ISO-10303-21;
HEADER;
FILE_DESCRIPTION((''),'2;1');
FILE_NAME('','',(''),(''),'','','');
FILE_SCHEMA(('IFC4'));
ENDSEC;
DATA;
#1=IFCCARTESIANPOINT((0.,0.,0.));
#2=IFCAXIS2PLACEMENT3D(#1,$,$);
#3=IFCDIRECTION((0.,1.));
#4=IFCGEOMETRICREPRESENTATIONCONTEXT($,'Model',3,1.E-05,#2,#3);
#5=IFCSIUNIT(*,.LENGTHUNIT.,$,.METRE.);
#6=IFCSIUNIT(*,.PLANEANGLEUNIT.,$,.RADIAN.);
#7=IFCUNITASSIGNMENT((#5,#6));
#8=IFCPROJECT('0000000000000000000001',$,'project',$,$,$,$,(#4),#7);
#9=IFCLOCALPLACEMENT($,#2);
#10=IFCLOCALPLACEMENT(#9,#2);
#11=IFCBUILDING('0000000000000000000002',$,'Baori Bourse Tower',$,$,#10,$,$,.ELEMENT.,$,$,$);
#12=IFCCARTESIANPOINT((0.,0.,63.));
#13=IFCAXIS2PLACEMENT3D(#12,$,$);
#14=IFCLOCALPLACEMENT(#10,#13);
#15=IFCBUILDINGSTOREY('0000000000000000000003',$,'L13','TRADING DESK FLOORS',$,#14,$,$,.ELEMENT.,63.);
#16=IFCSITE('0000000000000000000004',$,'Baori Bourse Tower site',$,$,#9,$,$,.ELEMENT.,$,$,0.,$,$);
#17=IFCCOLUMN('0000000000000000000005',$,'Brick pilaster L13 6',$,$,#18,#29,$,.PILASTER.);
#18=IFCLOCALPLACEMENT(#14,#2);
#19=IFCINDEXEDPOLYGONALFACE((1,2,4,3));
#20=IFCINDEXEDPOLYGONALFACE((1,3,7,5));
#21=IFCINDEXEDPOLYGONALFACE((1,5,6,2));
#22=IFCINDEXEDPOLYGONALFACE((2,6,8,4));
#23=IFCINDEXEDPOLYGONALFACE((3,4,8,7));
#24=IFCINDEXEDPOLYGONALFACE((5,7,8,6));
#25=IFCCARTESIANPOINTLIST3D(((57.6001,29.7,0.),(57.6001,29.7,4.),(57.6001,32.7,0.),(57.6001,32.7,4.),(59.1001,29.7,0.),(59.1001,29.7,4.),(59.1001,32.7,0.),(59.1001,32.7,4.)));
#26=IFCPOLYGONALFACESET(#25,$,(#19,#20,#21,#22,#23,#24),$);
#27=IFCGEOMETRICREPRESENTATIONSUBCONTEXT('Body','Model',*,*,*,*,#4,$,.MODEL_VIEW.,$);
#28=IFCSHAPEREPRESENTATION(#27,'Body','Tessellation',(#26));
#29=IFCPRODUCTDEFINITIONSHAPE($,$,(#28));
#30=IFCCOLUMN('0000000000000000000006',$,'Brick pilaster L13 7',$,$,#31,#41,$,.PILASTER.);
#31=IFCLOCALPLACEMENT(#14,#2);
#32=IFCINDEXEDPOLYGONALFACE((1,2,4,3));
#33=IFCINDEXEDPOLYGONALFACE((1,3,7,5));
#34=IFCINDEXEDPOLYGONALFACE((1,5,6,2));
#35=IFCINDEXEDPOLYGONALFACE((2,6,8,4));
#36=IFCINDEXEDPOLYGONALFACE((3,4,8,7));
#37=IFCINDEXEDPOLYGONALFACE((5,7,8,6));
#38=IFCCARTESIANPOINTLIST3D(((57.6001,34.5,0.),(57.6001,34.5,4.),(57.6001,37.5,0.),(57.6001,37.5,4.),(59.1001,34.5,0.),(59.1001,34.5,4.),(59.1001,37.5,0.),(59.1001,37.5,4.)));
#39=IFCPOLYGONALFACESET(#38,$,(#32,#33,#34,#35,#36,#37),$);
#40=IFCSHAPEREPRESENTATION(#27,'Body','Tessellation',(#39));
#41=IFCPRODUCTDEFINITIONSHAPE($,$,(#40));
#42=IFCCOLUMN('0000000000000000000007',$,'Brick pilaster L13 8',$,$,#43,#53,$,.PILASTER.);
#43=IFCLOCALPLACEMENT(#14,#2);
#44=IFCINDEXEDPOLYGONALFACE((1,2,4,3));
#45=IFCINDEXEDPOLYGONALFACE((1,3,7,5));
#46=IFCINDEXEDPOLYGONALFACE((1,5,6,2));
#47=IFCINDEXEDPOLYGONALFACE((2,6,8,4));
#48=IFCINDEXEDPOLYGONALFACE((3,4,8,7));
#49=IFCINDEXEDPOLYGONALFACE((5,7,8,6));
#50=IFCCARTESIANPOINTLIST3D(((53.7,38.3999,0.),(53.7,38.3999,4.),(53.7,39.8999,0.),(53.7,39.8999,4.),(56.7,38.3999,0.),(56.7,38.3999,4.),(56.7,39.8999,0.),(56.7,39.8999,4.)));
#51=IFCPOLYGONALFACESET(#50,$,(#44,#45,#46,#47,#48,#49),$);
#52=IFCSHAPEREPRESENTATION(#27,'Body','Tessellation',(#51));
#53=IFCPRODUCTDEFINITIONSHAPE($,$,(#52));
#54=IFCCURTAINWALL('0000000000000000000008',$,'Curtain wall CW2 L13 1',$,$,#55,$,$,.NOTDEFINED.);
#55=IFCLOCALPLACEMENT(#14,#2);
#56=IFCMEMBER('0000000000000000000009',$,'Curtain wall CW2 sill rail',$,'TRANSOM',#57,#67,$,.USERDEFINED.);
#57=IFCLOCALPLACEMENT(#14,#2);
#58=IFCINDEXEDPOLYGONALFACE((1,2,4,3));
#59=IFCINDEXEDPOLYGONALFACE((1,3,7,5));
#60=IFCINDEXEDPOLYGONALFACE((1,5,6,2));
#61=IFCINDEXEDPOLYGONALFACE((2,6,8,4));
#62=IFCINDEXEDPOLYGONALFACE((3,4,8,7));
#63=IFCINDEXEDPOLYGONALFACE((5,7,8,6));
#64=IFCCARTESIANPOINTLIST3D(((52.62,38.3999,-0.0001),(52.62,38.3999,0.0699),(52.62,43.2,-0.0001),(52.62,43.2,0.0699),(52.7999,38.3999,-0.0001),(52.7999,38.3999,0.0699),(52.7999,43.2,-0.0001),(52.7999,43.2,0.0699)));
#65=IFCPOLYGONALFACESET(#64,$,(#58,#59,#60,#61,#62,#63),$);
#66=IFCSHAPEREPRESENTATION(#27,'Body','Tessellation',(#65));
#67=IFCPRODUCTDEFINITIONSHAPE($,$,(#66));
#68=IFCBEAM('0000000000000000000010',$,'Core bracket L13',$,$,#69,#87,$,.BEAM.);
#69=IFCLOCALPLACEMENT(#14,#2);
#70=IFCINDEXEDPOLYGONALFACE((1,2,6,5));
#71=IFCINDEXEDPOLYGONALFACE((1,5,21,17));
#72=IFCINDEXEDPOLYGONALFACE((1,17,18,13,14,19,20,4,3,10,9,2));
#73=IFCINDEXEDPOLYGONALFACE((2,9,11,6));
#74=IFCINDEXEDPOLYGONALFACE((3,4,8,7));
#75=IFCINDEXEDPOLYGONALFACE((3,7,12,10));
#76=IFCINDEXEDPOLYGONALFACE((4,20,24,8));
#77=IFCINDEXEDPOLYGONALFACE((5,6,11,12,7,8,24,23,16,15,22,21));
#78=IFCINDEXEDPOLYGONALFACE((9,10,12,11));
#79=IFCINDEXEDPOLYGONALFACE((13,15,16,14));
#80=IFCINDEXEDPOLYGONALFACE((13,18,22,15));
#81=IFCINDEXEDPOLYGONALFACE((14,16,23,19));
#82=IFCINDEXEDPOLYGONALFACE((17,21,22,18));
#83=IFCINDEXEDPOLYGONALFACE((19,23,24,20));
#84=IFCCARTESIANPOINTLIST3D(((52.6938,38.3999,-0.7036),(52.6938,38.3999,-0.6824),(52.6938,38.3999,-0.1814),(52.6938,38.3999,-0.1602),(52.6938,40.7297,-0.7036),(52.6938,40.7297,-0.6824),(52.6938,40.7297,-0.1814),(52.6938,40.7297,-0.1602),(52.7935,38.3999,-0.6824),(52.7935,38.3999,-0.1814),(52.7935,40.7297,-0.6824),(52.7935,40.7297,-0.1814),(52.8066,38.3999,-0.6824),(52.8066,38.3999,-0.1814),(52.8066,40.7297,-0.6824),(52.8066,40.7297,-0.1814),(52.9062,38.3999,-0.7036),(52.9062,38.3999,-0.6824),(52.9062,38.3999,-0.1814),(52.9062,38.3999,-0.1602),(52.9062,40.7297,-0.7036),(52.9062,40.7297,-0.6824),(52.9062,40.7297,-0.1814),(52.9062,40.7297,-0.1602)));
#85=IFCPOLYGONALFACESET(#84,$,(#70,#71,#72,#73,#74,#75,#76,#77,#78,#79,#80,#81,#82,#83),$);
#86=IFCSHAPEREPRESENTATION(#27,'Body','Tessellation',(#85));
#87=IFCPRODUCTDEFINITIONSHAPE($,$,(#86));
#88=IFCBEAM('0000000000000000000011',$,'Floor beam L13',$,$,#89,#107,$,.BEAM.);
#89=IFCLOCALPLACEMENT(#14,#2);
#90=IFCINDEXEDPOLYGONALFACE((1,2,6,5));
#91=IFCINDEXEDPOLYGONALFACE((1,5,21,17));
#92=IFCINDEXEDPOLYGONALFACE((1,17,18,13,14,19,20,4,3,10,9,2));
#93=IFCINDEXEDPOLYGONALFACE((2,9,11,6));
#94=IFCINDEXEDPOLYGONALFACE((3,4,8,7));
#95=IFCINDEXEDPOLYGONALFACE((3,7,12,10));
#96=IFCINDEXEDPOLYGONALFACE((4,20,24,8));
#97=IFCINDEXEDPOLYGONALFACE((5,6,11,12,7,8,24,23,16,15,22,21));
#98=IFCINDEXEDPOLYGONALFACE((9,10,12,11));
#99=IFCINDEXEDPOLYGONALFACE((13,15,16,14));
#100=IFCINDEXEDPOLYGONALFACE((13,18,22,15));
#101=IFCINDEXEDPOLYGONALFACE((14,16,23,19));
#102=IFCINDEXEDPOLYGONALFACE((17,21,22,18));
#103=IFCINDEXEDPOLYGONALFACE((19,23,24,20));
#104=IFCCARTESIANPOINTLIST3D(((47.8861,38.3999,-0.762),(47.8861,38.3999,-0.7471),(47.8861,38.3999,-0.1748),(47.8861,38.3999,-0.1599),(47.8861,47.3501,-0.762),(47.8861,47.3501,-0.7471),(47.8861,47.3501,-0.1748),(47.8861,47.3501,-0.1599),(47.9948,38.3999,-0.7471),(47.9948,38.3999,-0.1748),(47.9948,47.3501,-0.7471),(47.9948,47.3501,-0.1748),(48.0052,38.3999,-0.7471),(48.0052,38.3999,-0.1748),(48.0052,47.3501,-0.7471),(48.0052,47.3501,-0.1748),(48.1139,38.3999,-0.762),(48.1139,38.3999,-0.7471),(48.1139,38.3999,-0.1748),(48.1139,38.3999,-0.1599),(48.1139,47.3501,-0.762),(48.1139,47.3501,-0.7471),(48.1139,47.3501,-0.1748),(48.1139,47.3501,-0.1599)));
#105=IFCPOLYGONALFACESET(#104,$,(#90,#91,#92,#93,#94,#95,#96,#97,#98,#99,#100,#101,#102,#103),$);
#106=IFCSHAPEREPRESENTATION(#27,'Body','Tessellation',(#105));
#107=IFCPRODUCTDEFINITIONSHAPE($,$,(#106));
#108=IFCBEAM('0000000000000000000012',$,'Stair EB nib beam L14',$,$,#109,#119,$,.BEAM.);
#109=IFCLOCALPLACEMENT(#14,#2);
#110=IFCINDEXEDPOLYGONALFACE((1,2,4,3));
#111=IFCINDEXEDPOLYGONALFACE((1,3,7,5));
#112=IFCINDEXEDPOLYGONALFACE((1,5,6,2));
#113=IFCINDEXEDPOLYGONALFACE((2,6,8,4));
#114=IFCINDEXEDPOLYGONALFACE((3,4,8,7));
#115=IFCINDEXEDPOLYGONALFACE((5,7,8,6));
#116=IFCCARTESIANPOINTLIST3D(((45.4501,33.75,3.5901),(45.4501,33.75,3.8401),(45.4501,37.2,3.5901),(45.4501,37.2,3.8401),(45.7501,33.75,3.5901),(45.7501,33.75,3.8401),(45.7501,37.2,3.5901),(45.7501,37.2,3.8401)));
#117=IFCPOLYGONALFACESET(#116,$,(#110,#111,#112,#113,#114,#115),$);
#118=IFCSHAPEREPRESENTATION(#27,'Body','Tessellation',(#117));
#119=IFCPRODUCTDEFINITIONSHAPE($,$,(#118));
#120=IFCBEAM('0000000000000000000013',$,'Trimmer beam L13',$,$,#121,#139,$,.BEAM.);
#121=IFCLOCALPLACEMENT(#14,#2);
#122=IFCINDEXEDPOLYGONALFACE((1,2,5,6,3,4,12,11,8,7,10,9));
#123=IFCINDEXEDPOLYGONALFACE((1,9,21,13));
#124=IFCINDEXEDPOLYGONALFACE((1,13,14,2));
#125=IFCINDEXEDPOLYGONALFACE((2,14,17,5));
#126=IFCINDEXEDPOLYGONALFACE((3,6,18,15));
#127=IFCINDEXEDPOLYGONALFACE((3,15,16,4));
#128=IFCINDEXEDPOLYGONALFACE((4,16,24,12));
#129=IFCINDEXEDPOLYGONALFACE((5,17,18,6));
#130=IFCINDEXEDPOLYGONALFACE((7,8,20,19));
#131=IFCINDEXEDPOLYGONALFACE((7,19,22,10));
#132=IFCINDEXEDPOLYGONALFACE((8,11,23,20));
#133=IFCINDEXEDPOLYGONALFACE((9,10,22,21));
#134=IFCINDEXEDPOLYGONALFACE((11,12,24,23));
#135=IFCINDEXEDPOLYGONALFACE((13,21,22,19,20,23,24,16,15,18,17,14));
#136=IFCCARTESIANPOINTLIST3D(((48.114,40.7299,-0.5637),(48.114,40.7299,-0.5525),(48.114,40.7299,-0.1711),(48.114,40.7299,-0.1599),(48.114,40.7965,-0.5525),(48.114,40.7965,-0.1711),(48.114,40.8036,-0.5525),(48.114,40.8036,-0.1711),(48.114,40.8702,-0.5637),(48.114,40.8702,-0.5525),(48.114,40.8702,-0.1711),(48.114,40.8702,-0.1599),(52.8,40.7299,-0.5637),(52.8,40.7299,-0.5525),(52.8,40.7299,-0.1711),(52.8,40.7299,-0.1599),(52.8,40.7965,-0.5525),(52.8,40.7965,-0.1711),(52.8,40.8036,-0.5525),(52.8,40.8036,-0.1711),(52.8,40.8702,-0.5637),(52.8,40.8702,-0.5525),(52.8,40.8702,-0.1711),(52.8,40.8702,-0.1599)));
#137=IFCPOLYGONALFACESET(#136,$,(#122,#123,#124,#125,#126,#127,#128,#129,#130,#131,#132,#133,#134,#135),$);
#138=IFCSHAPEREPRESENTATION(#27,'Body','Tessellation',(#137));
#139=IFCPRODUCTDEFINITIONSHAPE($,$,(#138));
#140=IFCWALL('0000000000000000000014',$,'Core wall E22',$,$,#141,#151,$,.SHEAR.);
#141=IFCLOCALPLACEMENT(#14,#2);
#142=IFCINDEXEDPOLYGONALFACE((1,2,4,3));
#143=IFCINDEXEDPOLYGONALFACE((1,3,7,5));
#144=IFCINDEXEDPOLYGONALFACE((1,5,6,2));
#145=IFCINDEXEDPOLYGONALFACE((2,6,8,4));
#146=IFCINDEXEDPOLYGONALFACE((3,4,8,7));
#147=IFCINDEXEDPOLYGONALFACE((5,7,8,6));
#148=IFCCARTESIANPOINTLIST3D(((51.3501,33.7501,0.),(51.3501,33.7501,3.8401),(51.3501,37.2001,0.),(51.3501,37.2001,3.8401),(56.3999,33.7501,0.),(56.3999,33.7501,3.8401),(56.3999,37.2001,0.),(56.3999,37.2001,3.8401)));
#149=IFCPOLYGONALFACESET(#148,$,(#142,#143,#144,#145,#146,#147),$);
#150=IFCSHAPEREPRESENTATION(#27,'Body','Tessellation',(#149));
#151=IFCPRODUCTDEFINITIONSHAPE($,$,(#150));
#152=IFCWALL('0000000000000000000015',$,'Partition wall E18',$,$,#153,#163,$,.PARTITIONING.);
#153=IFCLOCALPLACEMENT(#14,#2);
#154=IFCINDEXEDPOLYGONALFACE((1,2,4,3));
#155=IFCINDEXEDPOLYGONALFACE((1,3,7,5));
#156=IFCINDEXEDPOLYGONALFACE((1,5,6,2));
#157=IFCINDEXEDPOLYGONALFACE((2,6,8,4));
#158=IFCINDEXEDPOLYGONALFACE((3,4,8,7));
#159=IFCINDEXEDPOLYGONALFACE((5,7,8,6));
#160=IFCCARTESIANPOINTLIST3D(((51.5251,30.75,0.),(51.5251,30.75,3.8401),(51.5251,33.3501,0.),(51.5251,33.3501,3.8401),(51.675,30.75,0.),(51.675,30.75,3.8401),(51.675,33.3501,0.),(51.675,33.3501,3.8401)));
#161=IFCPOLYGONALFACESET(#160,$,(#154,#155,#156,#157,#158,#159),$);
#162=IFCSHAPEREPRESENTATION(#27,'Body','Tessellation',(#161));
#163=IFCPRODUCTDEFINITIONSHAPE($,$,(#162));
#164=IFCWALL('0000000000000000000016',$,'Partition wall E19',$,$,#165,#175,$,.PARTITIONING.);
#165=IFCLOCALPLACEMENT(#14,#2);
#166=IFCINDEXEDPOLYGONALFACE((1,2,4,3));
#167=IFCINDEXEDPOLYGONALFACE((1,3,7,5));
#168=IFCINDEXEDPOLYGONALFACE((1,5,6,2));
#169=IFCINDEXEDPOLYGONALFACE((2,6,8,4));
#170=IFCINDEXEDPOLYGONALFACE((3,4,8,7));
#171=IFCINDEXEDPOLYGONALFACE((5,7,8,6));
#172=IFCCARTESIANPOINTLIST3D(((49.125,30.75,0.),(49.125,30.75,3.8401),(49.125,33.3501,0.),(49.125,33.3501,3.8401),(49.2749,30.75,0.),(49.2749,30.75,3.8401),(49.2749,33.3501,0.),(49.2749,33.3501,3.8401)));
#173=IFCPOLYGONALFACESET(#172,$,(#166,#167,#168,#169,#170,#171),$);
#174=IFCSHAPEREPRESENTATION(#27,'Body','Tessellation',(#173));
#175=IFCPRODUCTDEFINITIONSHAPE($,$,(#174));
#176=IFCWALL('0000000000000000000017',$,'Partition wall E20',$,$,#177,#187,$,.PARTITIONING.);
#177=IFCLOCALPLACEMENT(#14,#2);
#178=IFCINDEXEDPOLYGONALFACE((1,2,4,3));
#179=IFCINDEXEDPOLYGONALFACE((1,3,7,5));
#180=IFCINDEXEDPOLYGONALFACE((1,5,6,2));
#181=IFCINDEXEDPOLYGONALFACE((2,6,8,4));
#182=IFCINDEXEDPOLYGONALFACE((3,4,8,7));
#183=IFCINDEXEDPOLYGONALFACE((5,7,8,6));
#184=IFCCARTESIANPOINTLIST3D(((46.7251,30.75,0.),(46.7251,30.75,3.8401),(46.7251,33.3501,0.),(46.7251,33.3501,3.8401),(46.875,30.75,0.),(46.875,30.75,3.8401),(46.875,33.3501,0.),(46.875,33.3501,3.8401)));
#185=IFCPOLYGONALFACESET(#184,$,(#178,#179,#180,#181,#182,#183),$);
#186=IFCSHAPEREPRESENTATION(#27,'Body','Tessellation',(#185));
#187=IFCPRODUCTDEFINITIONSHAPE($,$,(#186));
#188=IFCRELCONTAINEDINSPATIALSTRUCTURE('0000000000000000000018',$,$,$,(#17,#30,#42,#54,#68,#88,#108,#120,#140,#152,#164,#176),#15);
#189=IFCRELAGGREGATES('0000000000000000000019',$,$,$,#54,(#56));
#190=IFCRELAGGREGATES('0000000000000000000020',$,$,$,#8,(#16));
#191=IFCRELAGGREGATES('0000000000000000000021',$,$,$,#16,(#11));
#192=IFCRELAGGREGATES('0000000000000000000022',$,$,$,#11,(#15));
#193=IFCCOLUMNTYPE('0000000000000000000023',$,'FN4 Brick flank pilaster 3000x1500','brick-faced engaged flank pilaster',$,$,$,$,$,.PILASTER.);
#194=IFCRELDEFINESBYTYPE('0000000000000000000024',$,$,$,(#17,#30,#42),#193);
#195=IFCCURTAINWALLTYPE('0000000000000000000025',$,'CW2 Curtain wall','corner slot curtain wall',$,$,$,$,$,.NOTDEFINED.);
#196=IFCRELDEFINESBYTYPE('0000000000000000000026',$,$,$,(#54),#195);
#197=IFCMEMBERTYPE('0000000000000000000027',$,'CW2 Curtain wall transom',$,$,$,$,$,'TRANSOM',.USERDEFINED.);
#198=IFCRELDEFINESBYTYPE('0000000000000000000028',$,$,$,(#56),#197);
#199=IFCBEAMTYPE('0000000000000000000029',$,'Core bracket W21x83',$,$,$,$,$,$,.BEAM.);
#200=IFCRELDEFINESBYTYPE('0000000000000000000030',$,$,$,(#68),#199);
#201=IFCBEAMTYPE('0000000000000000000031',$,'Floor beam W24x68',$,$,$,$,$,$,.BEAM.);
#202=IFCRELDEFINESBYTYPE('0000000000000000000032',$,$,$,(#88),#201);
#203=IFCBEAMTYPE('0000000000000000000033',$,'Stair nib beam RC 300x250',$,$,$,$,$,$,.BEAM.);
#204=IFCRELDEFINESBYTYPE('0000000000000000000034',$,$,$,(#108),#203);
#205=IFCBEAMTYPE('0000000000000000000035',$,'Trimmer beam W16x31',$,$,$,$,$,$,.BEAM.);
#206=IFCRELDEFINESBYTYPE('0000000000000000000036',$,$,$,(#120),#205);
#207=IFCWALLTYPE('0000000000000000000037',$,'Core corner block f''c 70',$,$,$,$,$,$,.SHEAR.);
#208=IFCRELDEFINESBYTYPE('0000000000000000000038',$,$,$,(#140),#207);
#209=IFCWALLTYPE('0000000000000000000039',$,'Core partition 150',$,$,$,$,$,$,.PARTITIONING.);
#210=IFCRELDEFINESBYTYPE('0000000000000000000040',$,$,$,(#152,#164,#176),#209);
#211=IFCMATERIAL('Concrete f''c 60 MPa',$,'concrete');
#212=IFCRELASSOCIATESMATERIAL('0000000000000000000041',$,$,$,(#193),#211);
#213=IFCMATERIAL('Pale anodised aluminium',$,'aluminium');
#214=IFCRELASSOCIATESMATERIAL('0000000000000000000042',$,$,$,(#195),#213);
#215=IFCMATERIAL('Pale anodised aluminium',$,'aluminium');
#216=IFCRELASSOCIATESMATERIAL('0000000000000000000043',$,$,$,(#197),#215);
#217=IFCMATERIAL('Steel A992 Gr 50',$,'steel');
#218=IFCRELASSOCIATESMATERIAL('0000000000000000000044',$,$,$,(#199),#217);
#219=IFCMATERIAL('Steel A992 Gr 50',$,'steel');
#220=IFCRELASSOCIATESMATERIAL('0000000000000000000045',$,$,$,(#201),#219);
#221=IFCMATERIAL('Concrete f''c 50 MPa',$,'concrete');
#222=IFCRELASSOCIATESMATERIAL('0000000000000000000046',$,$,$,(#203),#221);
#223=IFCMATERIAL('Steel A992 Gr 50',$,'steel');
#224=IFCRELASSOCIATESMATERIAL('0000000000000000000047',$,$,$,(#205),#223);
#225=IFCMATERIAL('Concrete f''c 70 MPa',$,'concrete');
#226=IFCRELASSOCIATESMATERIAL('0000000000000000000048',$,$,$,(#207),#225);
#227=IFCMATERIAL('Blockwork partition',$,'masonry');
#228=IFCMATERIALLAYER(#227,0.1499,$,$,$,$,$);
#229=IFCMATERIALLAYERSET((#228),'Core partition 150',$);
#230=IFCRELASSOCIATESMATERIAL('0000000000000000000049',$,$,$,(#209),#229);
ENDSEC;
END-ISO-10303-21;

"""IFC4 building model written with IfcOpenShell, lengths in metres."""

from ifc_helpers import new_model, si_unit, direction, frame, frame_2d, origin, origin_2d, place, context, subcontext, project, spatial, rectangle, i_section, extrude, material, layer, layer_set, material_profile, profile_set, type_object, element, aggregate, save


model = new_model("IFC4")

# Units and contexts
model_context = context("Model", 3, precision=1e-05, world=origin(), true_north=direction((0.0, 1.0)))
body_context = subcontext(model_context, "Body", "Model", "MODEL_VIEW")
ifc_project = project(units=[si_unit("LENGTHUNIT", "METRE"), si_unit("PLANEANGLEUNIT", "RADIAN")], contexts=[model_context])

# Site, building, storey
site_placement = place(None, origin())
site = spatial("IfcSite", under=ifc_project, at=site_placement, Name="Baori Bourse Tower site", CompositionType="ELEMENT", RefElevation=0.0)
building_placement = place(site_placement, origin())
building = spatial("IfcBuilding", under=site, at=building_placement, Name="Baori Bourse Tower", CompositionType="ELEMENT")
storey_placement = place(building_placement, frame((0.0, 0.0, 63.0)))
storey = spatial("IfcBuildingStorey", under=building, at=storey_placement, Name="L13", Description="TRADING DESK FLOORS", CompositionType="ELEMENT", Elevation=63.0)

# Columns
ifc_material_1 = material(Name="Concrete f'c 60 MPa", Category="concrete")
ifc_material_profile_1 = material_profile(ifc_material_1, rectangle(XDim=3.0, YDim=1.5, at=origin_2d()), Name="RC 3000x1500")
ifc_profile_set_1 = profile_set([ifc_material_profile_1], Name="Concrete f'c 60 MPa")
column_type = type_object("IfcColumnType", Name="FN4 Brick flank pilaster 3000x1500", Description="brick-faced engaged flank pilaster", PredefinedType="PILASTER", material=ifc_profile_set_1)
for number, where, z_axis, x_axis, name in (
    (1, (58.3501, 31.2, 0.0), (0.0, 0.0, 1.0), (0.0, 1.0, 0.0), "Brick pilaster L13 6"),
    (2, (58.3501, 36.0, 0.0), (0.0, 0.0, 1.0), (0.0, 1.0, 0.0), "Brick pilaster L13 7"),
    (3, (55.2, 39.1499, 0.0), (0.0, 0.0, 1.0), (1.0, 0.0, 0.0), "Brick pilaster L13 8"),
):
    element("IfcColumn", number, at=place(storey_placement, frame(where, z_axis=z_axis, x_axis=x_axis)), inside=storey, type_object=column_type, Name=name, PredefinedType="PILASTER", context=body_context, shape_type="SweptSolid", body=[
        extrude(rectangle(XDim=3.0, YDim=1.5, at=origin_2d()), origin(), (0.0, 0.0, 1.0), 4.0),
    ])

# Curtain wall, member
ifc_material_2 = material(Name="Pale anodised aluminium", Category="aluminium")
curtain_wall_type = type_object("IfcCurtainWallType", Name="CW2 Curtain wall", Description="corner slot curtain wall", PredefinedType="NOTDEFINED", material=ifc_material_2)
curtain_wall_placement = place(storey_placement, origin())
curtain_wall = element("IfcCurtainWall", 4, at=curtain_wall_placement, inside=storey, type_object=curtain_wall_type, Name="Curtain wall CW2 L13 1", PredefinedType="NOTDEFINED")
ifc_material_3 = material(Name="Pale anodised aluminium", Category="aluminium")
ifc_material_profile_2 = material_profile(ifc_material_3, rectangle(XDim=0.1799, YDim=0.0701, at=origin_2d()), Name="Transom 70x180")
ifc_profile_set_2 = profile_set([ifc_material_profile_2], Name="Pale anodised aluminium")
member_type = type_object("IfcMemberType", Name="CW2 Curtain wall transom", ElementType="TRANSOM", PredefinedType="USERDEFINED", material=ifc_profile_set_2)
member_placement = place(storey_placement, frame((52.71, 38.3999, 0.0349), z_axis=(0.0, 1.0, 0.0), x_axis=(-1.0, 0.0, 0.0)))
member = element("IfcMember", 5, at=member_placement, type_object=member_type, Name="Curtain wall CW2 sill rail", ObjectType="TRANSOM", PredefinedType="USERDEFINED", context=body_context, shape_type="SweptSolid", body=[
    extrude(rectangle(XDim=0.1799, YDim=0.0701, at=origin_2d()), origin(), (0.0, 0.0, 1.0), 4.8),
])
aggregate(curtain_wall, [member])

# Beams
ifc_material_4 = material(Name="Steel A992 Gr 50", Category="steel")
ifc_material_profile_3 = material_profile(ifc_material_4, i_section(OverallWidth=0.2124, OverallDepth=0.5435, WebThickness=0.0132, FlangeThickness=0.0212, at=origin_2d()), Name="W21x83")
ifc_profile_set_3 = profile_set([ifc_material_profile_3], Name="Steel A992 Gr 50")
beam_type_1 = type_object("IfcBeamType", Name="Core bracket W21x83", PredefinedType="BEAM", material=ifc_profile_set_3)
beam_1_placement = place(storey_placement, frame((52.8, 38.3999, -0.4319), z_axis=(0.0, 1.0, 0.0), x_axis=(-1.0, 0.0, 0.0)))
element("IfcBeam", 6, at=beam_1_placement, inside=storey, type_object=beam_type_1, Name="Core bracket L13", PredefinedType="BEAM", context=body_context, shape_type="SweptSolid", body=[
    extrude(i_section(OverallWidth=0.2124, OverallDepth=0.5435, WebThickness=0.0132, FlangeThickness=0.0212, at=origin_2d()), origin(), (0.0, 0.0, 1.0), 2.3298),
])
ifc_material_5 = material(Name="Steel A992 Gr 50", Category="steel")
ifc_material_profile_4 = material_profile(ifc_material_5, i_section(OverallWidth=0.2278, OverallDepth=0.6021, WebThickness=0.0105, FlangeThickness=0.0149, at=origin_2d()), Name="W24x68")
ifc_profile_set_4 = profile_set([ifc_material_profile_4], Name="Steel A992 Gr 50")
beam_type_2 = type_object("IfcBeamType", Name="Floor beam W24x68", PredefinedType="BEAM", material=ifc_profile_set_4)
beam_2_placement = place(storey_placement, frame((48.0, 38.3999, -0.4609), z_axis=(0.0, 1.0, 0.0), x_axis=(-1.0, 0.0, 0.0)))
element("IfcBeam", 7, at=beam_2_placement, inside=storey, type_object=beam_type_2, Name="Floor beam L13", PredefinedType="BEAM", context=body_context, shape_type="SweptSolid", body=[
    extrude(i_section(OverallWidth=0.2278, OverallDepth=0.6021, WebThickness=0.0105, FlangeThickness=0.0149, at=origin_2d()), origin(), (0.0, 0.0, 1.0), 8.9502),
])
ifc_material_6 = material(Name="Concrete f'c 50 MPa", Category="concrete")
ifc_material_profile_5 = material_profile(ifc_material_6, rectangle(XDim=0.3, YDim=0.25, at=origin_2d()), Name="RC 300x250")
ifc_profile_set_5 = profile_set([ifc_material_profile_5], Name="Concrete f'c 50 MPa")
beam_type_3 = type_object("IfcBeamType", Name="Stair nib beam RC 300x250", PredefinedType="BEAM", material=ifc_profile_set_5)
beam_3_placement = place(storey_placement, frame((45.6001, 33.75, 3.7151), z_axis=(0.0, 1.0, 0.0), x_axis=(-1.0, 0.0, 0.0)))
element("IfcBeam", 8, at=beam_3_placement, inside=storey, type_object=beam_type_3, Name="Stair EB nib beam L14", PredefinedType="BEAM", context=body_context, shape_type="SweptSolid", body=[
    extrude(rectangle(XDim=0.3, YDim=0.25, at=origin_2d()), origin(), (0.0, 0.0, 1.0), 3.45),
])
ifc_material_7 = material(Name="Steel A992 Gr 50", Category="steel")
ifc_material_profile_6 = material_profile(ifc_material_7, i_section(OverallWidth=0.1404, OverallDepth=0.4038, WebThickness=0.0071, FlangeThickness=0.0112, at=origin_2d()), Name="W16x31")
ifc_profile_set_6 = profile_set([ifc_material_profile_6], Name="Steel A992 Gr 50")
beam_type_4 = type_object("IfcBeamType", Name="Trimmer beam W16x31", PredefinedType="BEAM", material=ifc_profile_set_6)
beam_4_placement = place(storey_placement, frame((48.114, 40.8, -0.3618), z_axis=(1.0, 0.0, 0.0), x_axis=(0.0, 1.0, 0.0)))
element("IfcBeam", 9, at=beam_4_placement, inside=storey, type_object=beam_type_4, Name="Trimmer beam L13", PredefinedType="BEAM", context=body_context, shape_type="SweptSolid", body=[
    extrude(i_section(OverallWidth=0.1404, OverallDepth=0.4038, WebThickness=0.0071, FlangeThickness=0.0112, at=origin_2d()), origin(), (0.0, 0.0, 1.0), 4.686),
])

# Walls
ifc_material_8 = material(Name="Concrete f'c 70 MPa", Category="concrete")
wall_type_1 = type_object("IfcWallType", Name="Core corner block f'c 70", PredefinedType="SHEAR", material=ifc_material_8)
wall_1_placement = place(storey_placement, frame((51.3501, 35.4751, 0.0), z_axis=(0.0, 0.0, 1.0), x_axis=(1.0, 0.0, 0.0)))
element("IfcWall", 10, at=wall_1_placement, inside=storey, type_object=wall_type_1, Name="Core wall E22", PredefinedType="SHEAR", context=body_context, shape_type="SweptSolid", body=[
    extrude(rectangle(XDim=5.0498, YDim=3.45, at=frame_2d((2.5249, 0.0))), origin(), (0.0, 0.0, 1.0), 3.8401),
])
ifc_material_9 = material(Name="Blockwork partition", Category="masonry")
ifc_layer_1 = layer(ifc_material_9, 0.1499)
ifc_layer_set_1 = layer_set([ifc_layer_1], Name="Core partition 150")
wall_type_2 = type_object("IfcWallType", Name="Core partition 150", PredefinedType="PARTITIONING", material=ifc_layer_set_1)
for number, where, z_axis, x_axis, name in (
    (11, (51.6001, 30.75, 0.0), (0.0, 0.0, 1.0), (0.0, 1.0, 0.0), "Partition wall E18"),
    (12, (49.2, 30.75, 0.0), (0.0, 0.0, 1.0), (0.0, 1.0, 0.0), "Partition wall E19"),
    (13, (46.8, 30.75, 0.0), (0.0, 0.0, 1.0), (0.0, 1.0, 0.0), "Partition wall E20"),
):
    element("IfcWall", number, at=place(storey_placement, frame(where, z_axis=z_axis, x_axis=x_axis)), inside=storey, type_object=wall_type_2, Name=name, PredefinedType="PARTITIONING", context=body_context, shape_type="SweptSolid", body=[
        extrude(rectangle(XDim=2.6001, YDim=0.1499, at=frame_2d((1.3, 0.0))), origin(), (0.0, 0.0, 1.0), 3.8401),
    ])

save(model, "model.ifc")
